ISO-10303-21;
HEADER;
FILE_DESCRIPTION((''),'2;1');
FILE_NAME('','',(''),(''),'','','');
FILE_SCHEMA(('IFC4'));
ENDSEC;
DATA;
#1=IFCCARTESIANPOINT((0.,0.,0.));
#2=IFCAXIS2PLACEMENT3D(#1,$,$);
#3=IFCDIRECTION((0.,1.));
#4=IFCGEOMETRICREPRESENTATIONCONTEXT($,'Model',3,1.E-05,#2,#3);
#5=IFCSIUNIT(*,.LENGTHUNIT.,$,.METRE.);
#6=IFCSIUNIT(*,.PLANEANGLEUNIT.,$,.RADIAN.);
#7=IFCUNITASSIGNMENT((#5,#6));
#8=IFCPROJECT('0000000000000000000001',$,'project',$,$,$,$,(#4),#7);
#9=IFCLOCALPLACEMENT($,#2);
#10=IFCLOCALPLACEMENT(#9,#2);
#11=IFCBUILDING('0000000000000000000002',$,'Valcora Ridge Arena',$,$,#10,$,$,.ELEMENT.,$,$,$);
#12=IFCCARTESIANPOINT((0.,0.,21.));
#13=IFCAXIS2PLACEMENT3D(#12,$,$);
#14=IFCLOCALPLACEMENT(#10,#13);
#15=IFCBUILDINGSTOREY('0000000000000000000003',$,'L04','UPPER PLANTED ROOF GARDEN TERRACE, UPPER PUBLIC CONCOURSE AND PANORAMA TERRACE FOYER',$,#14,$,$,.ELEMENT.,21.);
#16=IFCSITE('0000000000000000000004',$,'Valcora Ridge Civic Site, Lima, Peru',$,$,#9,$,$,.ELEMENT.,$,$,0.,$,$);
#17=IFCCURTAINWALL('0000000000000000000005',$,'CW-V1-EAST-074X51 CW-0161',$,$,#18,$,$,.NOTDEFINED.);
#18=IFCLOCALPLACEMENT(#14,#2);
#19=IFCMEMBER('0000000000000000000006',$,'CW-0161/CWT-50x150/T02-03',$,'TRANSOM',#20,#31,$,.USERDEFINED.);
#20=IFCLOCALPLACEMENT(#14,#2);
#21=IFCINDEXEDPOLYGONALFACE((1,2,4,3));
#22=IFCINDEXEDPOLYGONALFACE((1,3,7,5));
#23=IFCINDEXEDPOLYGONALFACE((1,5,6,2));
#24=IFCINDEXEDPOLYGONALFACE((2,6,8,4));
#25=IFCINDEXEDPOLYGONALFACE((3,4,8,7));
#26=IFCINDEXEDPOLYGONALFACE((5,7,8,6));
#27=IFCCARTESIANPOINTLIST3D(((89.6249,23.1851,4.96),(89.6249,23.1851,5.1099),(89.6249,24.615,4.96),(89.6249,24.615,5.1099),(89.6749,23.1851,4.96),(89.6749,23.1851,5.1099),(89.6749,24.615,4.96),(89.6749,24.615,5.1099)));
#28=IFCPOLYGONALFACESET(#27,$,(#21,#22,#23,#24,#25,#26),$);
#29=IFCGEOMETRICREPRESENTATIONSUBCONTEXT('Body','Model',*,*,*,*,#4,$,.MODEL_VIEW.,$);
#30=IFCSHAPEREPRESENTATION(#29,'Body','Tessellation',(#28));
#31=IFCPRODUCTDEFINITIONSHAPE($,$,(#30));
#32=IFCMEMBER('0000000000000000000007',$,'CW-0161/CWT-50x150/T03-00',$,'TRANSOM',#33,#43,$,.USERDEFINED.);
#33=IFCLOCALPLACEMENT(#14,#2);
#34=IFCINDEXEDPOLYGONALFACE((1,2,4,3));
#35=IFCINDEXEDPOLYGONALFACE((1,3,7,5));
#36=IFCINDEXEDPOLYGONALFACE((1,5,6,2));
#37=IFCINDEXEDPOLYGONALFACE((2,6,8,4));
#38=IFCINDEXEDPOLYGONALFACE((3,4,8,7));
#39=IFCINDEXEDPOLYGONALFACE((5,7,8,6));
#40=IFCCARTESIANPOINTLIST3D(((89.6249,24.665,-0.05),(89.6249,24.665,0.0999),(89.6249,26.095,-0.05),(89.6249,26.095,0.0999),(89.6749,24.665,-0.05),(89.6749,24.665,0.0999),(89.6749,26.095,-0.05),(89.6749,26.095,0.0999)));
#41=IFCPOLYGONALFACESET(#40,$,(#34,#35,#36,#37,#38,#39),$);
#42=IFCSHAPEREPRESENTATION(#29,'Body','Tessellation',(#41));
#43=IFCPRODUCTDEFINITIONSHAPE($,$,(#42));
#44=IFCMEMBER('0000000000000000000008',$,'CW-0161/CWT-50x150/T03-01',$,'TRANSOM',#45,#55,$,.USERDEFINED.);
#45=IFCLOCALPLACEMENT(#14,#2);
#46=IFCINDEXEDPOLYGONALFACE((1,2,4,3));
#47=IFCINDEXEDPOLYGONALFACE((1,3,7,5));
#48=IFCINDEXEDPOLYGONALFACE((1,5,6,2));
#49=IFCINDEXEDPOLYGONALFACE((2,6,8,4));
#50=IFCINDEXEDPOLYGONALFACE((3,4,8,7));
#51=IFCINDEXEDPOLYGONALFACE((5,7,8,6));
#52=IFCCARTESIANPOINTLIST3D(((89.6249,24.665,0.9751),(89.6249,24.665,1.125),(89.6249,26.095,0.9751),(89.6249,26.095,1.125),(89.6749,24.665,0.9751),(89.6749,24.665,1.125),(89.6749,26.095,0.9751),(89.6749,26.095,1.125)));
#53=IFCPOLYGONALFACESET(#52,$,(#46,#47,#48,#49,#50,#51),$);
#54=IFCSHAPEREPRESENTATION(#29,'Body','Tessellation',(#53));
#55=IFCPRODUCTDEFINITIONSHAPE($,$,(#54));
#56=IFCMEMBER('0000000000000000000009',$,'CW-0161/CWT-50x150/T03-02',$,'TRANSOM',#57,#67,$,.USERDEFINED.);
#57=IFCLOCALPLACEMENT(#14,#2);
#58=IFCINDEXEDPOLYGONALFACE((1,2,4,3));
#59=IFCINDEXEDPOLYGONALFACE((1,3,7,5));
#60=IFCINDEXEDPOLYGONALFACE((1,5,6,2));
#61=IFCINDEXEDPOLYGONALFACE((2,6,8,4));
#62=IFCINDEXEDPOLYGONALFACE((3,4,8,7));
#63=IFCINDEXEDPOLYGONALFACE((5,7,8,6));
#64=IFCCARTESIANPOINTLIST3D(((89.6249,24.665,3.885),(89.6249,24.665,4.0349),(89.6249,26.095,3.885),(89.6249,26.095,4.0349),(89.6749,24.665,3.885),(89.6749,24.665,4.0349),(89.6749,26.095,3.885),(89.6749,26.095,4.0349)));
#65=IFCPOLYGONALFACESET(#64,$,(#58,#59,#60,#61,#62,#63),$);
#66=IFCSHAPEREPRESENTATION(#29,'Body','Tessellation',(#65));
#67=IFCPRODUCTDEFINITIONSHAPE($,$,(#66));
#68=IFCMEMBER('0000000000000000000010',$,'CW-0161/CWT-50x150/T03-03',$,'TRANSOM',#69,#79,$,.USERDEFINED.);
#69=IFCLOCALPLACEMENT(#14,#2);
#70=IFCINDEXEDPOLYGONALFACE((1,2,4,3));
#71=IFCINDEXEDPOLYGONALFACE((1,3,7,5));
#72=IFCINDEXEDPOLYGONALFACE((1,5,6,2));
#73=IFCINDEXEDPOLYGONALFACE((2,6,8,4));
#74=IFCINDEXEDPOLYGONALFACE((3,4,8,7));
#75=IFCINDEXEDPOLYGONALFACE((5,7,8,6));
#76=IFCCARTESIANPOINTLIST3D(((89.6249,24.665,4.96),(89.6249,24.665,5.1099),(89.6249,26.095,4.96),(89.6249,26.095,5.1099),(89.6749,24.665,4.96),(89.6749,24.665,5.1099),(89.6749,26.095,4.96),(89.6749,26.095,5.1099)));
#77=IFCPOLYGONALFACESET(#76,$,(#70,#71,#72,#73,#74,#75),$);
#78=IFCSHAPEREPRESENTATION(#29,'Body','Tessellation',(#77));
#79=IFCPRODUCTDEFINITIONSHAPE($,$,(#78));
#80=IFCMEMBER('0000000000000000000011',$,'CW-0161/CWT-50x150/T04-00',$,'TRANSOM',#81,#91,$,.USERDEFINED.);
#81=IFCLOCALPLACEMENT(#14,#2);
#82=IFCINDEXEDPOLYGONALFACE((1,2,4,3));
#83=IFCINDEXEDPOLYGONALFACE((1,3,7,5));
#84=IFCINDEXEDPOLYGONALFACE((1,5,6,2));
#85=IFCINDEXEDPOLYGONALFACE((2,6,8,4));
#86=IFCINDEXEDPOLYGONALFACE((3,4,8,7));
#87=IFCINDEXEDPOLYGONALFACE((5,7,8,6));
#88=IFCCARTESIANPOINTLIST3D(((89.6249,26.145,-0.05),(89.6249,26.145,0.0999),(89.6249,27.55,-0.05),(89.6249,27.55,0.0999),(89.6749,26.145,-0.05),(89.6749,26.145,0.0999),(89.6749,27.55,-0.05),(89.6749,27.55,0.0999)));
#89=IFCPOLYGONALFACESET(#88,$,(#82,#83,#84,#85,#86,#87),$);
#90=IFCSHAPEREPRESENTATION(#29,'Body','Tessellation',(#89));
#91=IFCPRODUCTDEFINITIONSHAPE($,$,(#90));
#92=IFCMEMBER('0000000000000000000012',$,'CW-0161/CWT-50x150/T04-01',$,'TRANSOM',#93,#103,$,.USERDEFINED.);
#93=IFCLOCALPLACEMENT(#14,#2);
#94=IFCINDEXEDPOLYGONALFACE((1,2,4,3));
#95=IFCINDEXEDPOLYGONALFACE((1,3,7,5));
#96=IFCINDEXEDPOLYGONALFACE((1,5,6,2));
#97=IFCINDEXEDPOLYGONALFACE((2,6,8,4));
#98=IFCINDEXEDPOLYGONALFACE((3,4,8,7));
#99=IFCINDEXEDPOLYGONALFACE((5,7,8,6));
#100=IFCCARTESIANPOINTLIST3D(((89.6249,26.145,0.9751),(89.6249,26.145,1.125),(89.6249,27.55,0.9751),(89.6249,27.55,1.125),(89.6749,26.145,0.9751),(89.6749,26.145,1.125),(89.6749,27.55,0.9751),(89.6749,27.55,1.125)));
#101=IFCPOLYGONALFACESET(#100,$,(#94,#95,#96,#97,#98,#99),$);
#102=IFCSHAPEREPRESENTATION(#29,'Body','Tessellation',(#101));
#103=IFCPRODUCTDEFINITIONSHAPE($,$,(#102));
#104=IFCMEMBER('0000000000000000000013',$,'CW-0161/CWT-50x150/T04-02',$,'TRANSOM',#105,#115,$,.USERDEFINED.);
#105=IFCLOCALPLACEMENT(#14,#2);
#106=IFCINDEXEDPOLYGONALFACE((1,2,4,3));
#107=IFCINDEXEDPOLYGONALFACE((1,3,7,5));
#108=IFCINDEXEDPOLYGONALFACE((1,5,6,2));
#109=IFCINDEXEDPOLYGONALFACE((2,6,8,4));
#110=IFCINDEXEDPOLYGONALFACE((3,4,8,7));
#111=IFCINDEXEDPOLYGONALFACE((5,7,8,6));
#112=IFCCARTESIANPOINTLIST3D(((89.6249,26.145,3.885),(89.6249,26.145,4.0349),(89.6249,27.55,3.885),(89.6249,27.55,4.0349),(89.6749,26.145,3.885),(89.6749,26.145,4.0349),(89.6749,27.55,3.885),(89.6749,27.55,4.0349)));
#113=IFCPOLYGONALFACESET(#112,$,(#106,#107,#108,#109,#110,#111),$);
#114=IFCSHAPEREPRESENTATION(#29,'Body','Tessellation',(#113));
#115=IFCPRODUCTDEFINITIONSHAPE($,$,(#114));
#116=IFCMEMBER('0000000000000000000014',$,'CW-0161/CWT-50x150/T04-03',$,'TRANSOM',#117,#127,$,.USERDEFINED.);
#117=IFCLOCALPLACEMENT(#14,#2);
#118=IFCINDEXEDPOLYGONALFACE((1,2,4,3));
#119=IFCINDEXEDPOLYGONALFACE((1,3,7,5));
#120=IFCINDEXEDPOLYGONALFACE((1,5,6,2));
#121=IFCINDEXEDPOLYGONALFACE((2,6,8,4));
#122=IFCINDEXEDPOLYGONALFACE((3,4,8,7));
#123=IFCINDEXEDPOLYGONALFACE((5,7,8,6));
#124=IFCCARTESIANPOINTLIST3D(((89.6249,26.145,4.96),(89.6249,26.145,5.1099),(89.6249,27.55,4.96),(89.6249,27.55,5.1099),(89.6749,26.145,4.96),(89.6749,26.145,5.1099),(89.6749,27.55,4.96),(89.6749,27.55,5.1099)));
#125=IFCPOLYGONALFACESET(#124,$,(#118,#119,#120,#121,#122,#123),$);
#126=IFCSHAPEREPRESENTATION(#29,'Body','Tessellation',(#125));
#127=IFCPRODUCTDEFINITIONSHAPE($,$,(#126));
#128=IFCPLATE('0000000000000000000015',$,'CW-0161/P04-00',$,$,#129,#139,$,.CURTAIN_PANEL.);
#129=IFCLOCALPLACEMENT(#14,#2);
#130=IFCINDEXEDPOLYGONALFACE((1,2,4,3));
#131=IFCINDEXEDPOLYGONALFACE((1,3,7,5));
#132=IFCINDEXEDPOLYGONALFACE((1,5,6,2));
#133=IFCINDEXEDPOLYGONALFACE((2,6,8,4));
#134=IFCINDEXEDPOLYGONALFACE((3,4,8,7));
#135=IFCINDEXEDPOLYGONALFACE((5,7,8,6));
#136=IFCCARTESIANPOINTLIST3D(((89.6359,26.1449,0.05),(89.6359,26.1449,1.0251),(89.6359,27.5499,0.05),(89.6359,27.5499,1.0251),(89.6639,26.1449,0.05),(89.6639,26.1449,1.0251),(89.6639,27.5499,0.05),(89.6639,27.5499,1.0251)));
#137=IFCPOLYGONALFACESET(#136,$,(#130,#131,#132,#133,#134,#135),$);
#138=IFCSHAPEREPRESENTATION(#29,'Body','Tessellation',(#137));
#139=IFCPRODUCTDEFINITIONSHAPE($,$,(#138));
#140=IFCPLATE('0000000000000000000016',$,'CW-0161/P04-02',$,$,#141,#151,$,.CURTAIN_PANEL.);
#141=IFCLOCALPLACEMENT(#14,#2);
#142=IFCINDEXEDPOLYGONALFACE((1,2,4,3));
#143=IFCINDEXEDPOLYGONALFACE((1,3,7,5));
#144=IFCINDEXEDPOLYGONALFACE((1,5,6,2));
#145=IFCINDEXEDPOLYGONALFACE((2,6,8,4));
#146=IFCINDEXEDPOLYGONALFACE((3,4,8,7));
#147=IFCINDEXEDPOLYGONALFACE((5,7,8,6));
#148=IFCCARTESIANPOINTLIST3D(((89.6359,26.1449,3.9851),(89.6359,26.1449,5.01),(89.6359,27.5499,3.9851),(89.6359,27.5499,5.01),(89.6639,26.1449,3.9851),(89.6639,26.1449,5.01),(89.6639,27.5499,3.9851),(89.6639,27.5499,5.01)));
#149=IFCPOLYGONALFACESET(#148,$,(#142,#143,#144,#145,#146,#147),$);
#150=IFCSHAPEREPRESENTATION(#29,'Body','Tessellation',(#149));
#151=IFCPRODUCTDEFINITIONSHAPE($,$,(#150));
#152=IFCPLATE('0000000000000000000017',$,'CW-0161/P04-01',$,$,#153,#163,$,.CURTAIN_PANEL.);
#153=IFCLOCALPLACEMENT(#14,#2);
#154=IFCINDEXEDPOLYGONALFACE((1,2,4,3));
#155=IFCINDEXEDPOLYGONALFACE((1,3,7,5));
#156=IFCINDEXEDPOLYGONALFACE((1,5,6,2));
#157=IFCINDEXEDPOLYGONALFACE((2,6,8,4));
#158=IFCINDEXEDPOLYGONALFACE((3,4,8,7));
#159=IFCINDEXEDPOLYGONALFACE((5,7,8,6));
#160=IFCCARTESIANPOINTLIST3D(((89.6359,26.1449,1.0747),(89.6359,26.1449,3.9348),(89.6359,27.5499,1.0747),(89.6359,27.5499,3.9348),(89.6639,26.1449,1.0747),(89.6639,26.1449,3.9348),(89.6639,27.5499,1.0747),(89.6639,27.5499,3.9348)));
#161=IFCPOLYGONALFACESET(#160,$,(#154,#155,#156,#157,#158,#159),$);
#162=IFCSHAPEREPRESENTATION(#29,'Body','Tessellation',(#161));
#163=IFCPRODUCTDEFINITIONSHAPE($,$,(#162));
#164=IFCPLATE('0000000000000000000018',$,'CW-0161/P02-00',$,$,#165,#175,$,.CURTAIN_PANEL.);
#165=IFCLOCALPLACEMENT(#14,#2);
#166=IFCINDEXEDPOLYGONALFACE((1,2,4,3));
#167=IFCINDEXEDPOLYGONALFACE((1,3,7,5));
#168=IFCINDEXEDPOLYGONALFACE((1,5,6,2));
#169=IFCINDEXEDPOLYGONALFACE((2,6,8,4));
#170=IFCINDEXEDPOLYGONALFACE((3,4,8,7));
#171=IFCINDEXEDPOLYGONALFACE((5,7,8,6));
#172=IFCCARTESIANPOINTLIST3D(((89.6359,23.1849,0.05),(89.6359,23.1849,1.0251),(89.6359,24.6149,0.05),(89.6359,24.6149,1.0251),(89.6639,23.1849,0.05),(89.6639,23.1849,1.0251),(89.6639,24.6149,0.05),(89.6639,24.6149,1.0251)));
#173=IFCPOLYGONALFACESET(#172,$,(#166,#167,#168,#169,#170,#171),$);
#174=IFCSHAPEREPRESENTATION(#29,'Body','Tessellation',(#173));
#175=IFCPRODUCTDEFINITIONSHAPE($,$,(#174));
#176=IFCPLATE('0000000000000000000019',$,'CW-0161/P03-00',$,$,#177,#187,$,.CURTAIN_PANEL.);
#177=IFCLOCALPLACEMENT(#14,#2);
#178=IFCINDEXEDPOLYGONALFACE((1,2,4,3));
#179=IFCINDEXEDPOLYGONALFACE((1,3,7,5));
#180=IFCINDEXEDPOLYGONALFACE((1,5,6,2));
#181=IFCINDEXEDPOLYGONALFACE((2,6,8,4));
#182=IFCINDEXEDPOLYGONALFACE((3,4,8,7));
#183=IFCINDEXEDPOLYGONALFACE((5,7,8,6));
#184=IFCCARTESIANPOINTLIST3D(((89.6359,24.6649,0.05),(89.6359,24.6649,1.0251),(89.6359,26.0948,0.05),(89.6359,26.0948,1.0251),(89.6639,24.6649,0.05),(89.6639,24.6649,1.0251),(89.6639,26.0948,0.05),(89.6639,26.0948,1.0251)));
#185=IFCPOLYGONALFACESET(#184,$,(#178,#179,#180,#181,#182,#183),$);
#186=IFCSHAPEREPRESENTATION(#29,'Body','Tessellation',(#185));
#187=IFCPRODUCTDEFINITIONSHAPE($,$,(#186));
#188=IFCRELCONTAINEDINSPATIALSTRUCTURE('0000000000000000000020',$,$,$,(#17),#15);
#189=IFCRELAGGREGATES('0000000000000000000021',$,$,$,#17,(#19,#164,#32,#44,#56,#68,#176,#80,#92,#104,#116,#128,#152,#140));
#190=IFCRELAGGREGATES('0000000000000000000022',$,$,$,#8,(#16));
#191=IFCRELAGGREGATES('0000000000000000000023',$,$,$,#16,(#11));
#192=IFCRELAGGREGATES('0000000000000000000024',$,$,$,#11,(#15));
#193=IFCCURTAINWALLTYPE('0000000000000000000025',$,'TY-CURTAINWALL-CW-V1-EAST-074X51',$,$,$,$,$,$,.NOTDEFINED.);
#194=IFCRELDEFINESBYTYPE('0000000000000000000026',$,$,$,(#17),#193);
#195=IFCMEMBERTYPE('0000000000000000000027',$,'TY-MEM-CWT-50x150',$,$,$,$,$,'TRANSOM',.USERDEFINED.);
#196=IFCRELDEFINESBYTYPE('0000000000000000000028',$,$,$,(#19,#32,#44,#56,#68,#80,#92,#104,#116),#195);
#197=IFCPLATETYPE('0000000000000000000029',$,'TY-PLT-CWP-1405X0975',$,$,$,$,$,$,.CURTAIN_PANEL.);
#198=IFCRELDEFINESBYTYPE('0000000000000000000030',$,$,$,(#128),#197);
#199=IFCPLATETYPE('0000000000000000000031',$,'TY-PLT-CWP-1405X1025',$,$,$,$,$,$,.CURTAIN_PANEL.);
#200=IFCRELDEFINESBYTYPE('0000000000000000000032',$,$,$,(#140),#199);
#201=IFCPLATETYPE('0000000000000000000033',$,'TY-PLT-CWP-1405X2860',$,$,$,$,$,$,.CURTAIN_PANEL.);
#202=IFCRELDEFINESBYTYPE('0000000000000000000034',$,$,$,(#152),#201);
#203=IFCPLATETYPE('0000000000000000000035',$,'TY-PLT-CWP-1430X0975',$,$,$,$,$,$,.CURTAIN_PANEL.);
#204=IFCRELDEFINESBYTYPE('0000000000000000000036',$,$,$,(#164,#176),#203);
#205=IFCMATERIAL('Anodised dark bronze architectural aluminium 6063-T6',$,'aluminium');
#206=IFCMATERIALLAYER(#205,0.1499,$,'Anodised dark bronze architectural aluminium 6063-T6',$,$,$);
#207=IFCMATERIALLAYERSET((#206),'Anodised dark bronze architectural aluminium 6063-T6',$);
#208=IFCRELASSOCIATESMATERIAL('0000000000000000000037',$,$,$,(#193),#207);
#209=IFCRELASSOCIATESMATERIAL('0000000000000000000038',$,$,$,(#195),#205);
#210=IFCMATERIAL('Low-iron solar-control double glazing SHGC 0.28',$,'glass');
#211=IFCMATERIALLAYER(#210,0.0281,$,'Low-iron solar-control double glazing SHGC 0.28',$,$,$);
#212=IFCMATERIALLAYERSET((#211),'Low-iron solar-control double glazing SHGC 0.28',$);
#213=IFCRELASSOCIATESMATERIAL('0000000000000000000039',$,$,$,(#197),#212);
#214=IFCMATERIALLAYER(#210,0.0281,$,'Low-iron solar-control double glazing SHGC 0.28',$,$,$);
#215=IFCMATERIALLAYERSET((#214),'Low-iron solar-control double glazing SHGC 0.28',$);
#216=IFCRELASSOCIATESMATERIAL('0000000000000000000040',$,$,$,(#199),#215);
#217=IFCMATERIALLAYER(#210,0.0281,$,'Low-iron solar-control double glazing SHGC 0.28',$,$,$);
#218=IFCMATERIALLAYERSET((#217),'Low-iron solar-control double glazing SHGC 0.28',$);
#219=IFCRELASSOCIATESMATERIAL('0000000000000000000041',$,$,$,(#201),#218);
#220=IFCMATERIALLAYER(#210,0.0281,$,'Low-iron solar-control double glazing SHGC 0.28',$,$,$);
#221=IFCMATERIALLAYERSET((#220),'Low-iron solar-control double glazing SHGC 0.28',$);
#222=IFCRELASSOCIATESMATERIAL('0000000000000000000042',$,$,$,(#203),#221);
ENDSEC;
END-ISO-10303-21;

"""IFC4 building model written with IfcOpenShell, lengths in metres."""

from ifc_helpers import new_model, si_unit, direction, frame, origin, origin_2d, place, context, subcontext, project, spatial, rectangle, extrude, material, layer, layer_set, material_profile, profile_set, type_object, element, aggregate, save


model = new_model("IFC4")

# Units and contexts
model_context = context("Model", 3, precision=1e-05, world=origin(), true_north=direction((0.0, 1.0)))
body_context = subcontext(model_context, "Body", "Model", "MODEL_VIEW")
ifc_project = project(units=[si_unit("LENGTHUNIT", "METRE"), si_unit("PLANEANGLEUNIT", "RADIAN")], contexts=[model_context])

# Site, building, storey
site_placement = place(None, origin())
site = spatial("IfcSite", under=ifc_project, at=site_placement, Name="Valcora Ridge Civic Site, Lima, Peru", CompositionType="ELEMENT", RefElevation=0.0)
building_placement = place(site_placement, origin())
building = spatial("IfcBuilding", under=site, at=building_placement, Name="Valcora Ridge Arena", CompositionType="ELEMENT")
storey_placement = place(building_placement, frame((0.0, 0.0, 21.0)))
storey = spatial("IfcBuildingStorey", under=building, at=storey_placement, Name="L04", Description="UPPER PLANTED ROOF GARDEN TERRACE, UPPER PUBLIC CONCOURSE AND PANORAMA TERRACE FOYER", CompositionType="ELEMENT", Elevation=21.0)

# Curtain wall, members, plates
ifc_material_1 = material(Name="Anodised dark bronze architectural aluminium 6063-T6", Category="aluminium")
ifc_layer_1 = layer(ifc_material_1, 0.1499, Name="Anodised dark bronze architectural aluminium 6063-T6")
ifc_layer_set_1 = layer_set([ifc_layer_1], Name="Anodised dark bronze architectural aluminium 6063-T6")
curtain_wall_type = type_object("IfcCurtainWallType", Name="TY-CURTAINWALL-CW-V1-EAST-074X51", PredefinedType="NOTDEFINED", material=ifc_layer_set_1)
curtain_wall_placement = place(storey_placement, origin())
curtain_wall = element("IfcCurtainWall", 1, at=curtain_wall_placement, inside=storey, type_object=curtain_wall_type, Name="CW-V1-EAST-074X51 CW-0161", PredefinedType="NOTDEFINED")
ifc_material_profile_1 = material_profile(ifc_material_1, rectangle(XDim=0.05, YDim=0.1499, at=origin_2d()), Name="ALU TRANSOM 50x150")
ifc_profile_set_1 = profile_set([ifc_material_profile_1], Name="Anodised dark bronze architectural aluminium 6063-T6")
member_type_1 = type_object("IfcMemberType", Name="TY-MEM-CWT-50x150", ElementType="TRANSOM", PredefinedType="USERDEFINED", material=ifc_profile_set_1)
member_1_placement = place(storey_placement, frame((89.6499, 23.1851, 5.0349), z_axis=(0.0, 1.0, 0.0), x_axis=(-1.0, 0.0, 0.0)))
member_1 = element("IfcMember", 2, at=member_1_placement, type_object=member_type_1, Name="CW-0161/CWT-50x150/T02-03", ObjectType="TRANSOM", PredefinedType="USERDEFINED", context=body_context, shape_type="SweptSolid", body=[
    extrude(rectangle(XDim=0.05, YDim=0.1499, at=origin_2d()), origin(), (0.0, 0.0, 1.0), 1.4299),
])
member_2_placement = place(storey_placement, frame((89.6499, 24.665, 0.0249), z_axis=(0.0, 1.0, 0.0), x_axis=(-1.0, 0.0, 0.0)))
member_2 = element("IfcMember", 3, at=member_2_placement, type_object=member_type_1, Name="CW-0161/CWT-50x150/T03-00", ObjectType="TRANSOM", PredefinedType="USERDEFINED", context=body_context, shape_type="SweptSolid", body=[
    extrude(rectangle(XDim=0.05, YDim=0.1499, at=origin_2d()), origin(), (0.0, 0.0, 1.0), 1.4299),
])
member_3_placement = place(storey_placement, frame((89.6499, 24.665, 1.05), z_axis=(0.0, 1.0, 0.0), x_axis=(-1.0, 0.0, 0.0)))
member_3 = element("IfcMember", 4, at=member_3_placement, type_object=member_type_1, Name="CW-0161/CWT-50x150/T03-01", ObjectType="TRANSOM", PredefinedType="USERDEFINED", context=body_context, shape_type="SweptSolid", body=[
    extrude(rectangle(XDim=0.05, YDim=0.1499, at=origin_2d()), origin(), (0.0, 0.0, 1.0), 1.4299),
])
member_4_placement = place(storey_placement, frame((89.6499, 24.665, 3.96), z_axis=(0.0, 1.0, 0.0), x_axis=(-1.0, 0.0, 0.0)))
member_4 = element("IfcMember", 5, at=member_4_placement, type_object=member_type_1, Name="CW-0161/CWT-50x150/T03-02", ObjectType="TRANSOM", PredefinedType="USERDEFINED", context=body_context, shape_type="SweptSolid", body=[
    extrude(rectangle(XDim=0.05, YDim=0.1499, at=origin_2d()), origin(), (0.0, 0.0, 1.0), 1.4299),
])
member_5_placement = place(storey_placement, frame((89.6499, 24.665, 5.0349), z_axis=(0.0, 1.0, 0.0), x_axis=(-1.0, 0.0, 0.0)))
member_5 = element("IfcMember", 6, at=member_5_placement, type_object=member_type_1, Name="CW-0161/CWT-50x150/T03-03", ObjectType="TRANSOM", PredefinedType="USERDEFINED", context=body_context, shape_type="SweptSolid", body=[
    extrude(rectangle(XDim=0.05, YDim=0.1499, at=origin_2d()), origin(), (0.0, 0.0, 1.0), 1.4299),
])
member_6_placement = place(storey_placement, frame((89.6499, 26.145, 0.0249), z_axis=(0.0, 1.0, 0.0), x_axis=(-1.0, 0.0, 0.0)))
member_6 = element("IfcMember", 7, at=member_6_placement, type_object=member_type_1, Name="CW-0161/CWT-50x150/T04-00", ObjectType="TRANSOM", PredefinedType="USERDEFINED", context=body_context, shape_type="SweptSolid", body=[
    extrude(rectangle(XDim=0.05, YDim=0.1499, at=origin_2d()), origin(), (0.0, 0.0, 1.0), 1.405),
])
member_7_placement = place(storey_placement, frame((89.6499, 26.145, 1.05), z_axis=(0.0, 1.0, 0.0), x_axis=(-1.0, 0.0, 0.0)))
member_7 = element("IfcMember", 8, at=member_7_placement, type_object=member_type_1, Name="CW-0161/CWT-50x150/T04-01", ObjectType="TRANSOM", PredefinedType="USERDEFINED", context=body_context, shape_type="SweptSolid", body=[
    extrude(rectangle(XDim=0.05, YDim=0.1499, at=origin_2d()), origin(), (0.0, 0.0, 1.0), 1.405),
])
member_8_placement = place(storey_placement, frame((89.6499, 26.145, 3.96), z_axis=(0.0, 1.0, 0.0), x_axis=(-1.0, 0.0, 0.0)))
member_8 = element("IfcMember", 9, at=member_8_placement, type_object=member_type_1, Name="CW-0161/CWT-50x150/T04-02", ObjectType="TRANSOM", PredefinedType="USERDEFINED", context=body_context, shape_type="SweptSolid", body=[
    extrude(rectangle(XDim=0.05, YDim=0.1499, at=origin_2d()), origin(), (0.0, 0.0, 1.0), 1.405),
])
member_9_placement = place(storey_placement, frame((89.6499, 26.145, 5.0349), z_axis=(0.0, 1.0, 0.0), x_axis=(-1.0, 0.0, 0.0)))
member_9 = element("IfcMember", 10, at=member_9_placement, type_object=member_type_1, Name="CW-0161/CWT-50x150/T04-03", ObjectType="TRANSOM", PredefinedType="USERDEFINED", context=body_context, shape_type="SweptSolid", body=[
    extrude(rectangle(XDim=0.05, YDim=0.1499, at=origin_2d()), origin(), (0.0, 0.0, 1.0), 1.405),
])
ifc_material_2 = material(Name="Low-iron solar-control double glazing SHGC 0.28", Category="glass")
ifc_layer_2 = layer(ifc_material_2, 0.0281, Name="Low-iron solar-control double glazing SHGC 0.28")
ifc_layer_set_2 = layer_set([ifc_layer_2], Name="Low-iron solar-control double glazing SHGC 0.28")
plate_type_1 = type_object("IfcPlateType", Name="TY-PLT-CWP-1405X0975", PredefinedType="CURTAIN_PANEL", material=ifc_layer_set_2)
plate_1_placement = place(storey_placement, frame((89.6499, 26.8474, 0.05), z_axis=(0.0, 0.0, 1.0), x_axis=(0.0, 1.0, 0.0)))
plate_1 = element("IfcPlate", 11, at=plate_1_placement, type_object=plate_type_1, Name="CW-0161/P04-00", PredefinedType="CURTAIN_PANEL", context=body_context, shape_type="SweptSolid", body=[
    extrude(rectangle(XDim=1.405, YDim=0.0281, at=origin_2d()), origin(), (0.0, 0.0, 1.0), 0.9751),
])
ifc_layer_3 = layer(ifc_material_2, 0.0281, Name="Low-iron solar-control double glazing SHGC 0.28")
ifc_layer_set_3 = layer_set([ifc_layer_3], Name="Low-iron solar-control double glazing SHGC 0.28")
plate_type_2 = type_object("IfcPlateType", Name="TY-PLT-CWP-1405X1025", PredefinedType="CURTAIN_PANEL", material=ifc_layer_set_3)
plate_2_placement = place(storey_placement, frame((89.6499, 26.8474, 3.9851), z_axis=(0.0, 0.0, 1.0), x_axis=(0.0, 1.0, 0.0)))
plate_2 = element("IfcPlate", 12, at=plate_2_placement, type_object=plate_type_2, Name="CW-0161/P04-02", PredefinedType="CURTAIN_PANEL", context=body_context, shape_type="SweptSolid", body=[
    extrude(rectangle(XDim=1.405, YDim=0.0281, at=origin_2d()), origin(), (0.0, 0.0, 1.0), 1.0249),
])
ifc_layer_4 = layer(ifc_material_2, 0.0281, Name="Low-iron solar-control double glazing SHGC 0.28")
ifc_layer_set_4 = layer_set([ifc_layer_4], Name="Low-iron solar-control double glazing SHGC 0.28")
plate_type_3 = type_object("IfcPlateType", Name="TY-PLT-CWP-1405X2860", PredefinedType="CURTAIN_PANEL", material=ifc_layer_set_4)
plate_3_placement = place(storey_placement, frame((89.6499, 26.8474, 1.0747), z_axis=(0.0, 0.0, 1.0), x_axis=(0.0, 1.0, 0.0)))
plate_3 = element("IfcPlate", 13, at=plate_3_placement, type_object=plate_type_3, Name="CW-0161/P04-01", PredefinedType="CURTAIN_PANEL", context=body_context, shape_type="SweptSolid", body=[
    extrude(rectangle(XDim=1.405, YDim=0.0281, at=origin_2d()), origin(), (0.0, 0.0, 1.0), 2.8601),
])
ifc_layer_5 = layer(ifc_material_2, 0.0281, Name="Low-iron solar-control double glazing SHGC 0.28")
ifc_layer_set_5 = layer_set([ifc_layer_5], Name="Low-iron solar-control double glazing SHGC 0.28")
plate_type_4 = type_object("IfcPlateType", Name="TY-PLT-CWP-1430X0975", PredefinedType="CURTAIN_PANEL", material=ifc_layer_set_5)
plate_4_placement = place(storey_placement, frame((89.6499, 23.8999, 0.05), z_axis=(0.0, 0.0, 1.0), x_axis=(0.0, 1.0, 0.0)))
plate_4 = element("IfcPlate", 14, at=plate_4_placement, type_object=plate_type_4, Name="CW-0161/P02-00", PredefinedType="CURTAIN_PANEL", context=body_context, shape_type="SweptSolid", body=[
    extrude(rectangle(XDim=1.4299, YDim=0.0281, at=origin_2d()), origin(), (0.0, 0.0, 1.0), 0.9751),
])
plate_5_placement = place(storey_placement, frame((89.6499, 25.3799, 0.05), z_axis=(0.0, 0.0, 1.0), x_axis=(0.0, 1.0, 0.0)))
plate_5 = element("IfcPlate", 15, at=plate_5_placement, type_object=plate_type_4, Name="CW-0161/P03-00", PredefinedType="CURTAIN_PANEL", context=body_context, shape_type="SweptSolid", body=[
    extrude(rectangle(XDim=1.4299, YDim=0.0281, at=origin_2d()), origin(), (0.0, 0.0, 1.0), 0.9751),
])
aggregate(curtain_wall, [member_1, plate_4, member_2, member_3, member_4, member_5, plate_5, member_6, member_7, member_8, member_9, plate_1, plate_3, plate_2])

save(model, "model.ifc")
